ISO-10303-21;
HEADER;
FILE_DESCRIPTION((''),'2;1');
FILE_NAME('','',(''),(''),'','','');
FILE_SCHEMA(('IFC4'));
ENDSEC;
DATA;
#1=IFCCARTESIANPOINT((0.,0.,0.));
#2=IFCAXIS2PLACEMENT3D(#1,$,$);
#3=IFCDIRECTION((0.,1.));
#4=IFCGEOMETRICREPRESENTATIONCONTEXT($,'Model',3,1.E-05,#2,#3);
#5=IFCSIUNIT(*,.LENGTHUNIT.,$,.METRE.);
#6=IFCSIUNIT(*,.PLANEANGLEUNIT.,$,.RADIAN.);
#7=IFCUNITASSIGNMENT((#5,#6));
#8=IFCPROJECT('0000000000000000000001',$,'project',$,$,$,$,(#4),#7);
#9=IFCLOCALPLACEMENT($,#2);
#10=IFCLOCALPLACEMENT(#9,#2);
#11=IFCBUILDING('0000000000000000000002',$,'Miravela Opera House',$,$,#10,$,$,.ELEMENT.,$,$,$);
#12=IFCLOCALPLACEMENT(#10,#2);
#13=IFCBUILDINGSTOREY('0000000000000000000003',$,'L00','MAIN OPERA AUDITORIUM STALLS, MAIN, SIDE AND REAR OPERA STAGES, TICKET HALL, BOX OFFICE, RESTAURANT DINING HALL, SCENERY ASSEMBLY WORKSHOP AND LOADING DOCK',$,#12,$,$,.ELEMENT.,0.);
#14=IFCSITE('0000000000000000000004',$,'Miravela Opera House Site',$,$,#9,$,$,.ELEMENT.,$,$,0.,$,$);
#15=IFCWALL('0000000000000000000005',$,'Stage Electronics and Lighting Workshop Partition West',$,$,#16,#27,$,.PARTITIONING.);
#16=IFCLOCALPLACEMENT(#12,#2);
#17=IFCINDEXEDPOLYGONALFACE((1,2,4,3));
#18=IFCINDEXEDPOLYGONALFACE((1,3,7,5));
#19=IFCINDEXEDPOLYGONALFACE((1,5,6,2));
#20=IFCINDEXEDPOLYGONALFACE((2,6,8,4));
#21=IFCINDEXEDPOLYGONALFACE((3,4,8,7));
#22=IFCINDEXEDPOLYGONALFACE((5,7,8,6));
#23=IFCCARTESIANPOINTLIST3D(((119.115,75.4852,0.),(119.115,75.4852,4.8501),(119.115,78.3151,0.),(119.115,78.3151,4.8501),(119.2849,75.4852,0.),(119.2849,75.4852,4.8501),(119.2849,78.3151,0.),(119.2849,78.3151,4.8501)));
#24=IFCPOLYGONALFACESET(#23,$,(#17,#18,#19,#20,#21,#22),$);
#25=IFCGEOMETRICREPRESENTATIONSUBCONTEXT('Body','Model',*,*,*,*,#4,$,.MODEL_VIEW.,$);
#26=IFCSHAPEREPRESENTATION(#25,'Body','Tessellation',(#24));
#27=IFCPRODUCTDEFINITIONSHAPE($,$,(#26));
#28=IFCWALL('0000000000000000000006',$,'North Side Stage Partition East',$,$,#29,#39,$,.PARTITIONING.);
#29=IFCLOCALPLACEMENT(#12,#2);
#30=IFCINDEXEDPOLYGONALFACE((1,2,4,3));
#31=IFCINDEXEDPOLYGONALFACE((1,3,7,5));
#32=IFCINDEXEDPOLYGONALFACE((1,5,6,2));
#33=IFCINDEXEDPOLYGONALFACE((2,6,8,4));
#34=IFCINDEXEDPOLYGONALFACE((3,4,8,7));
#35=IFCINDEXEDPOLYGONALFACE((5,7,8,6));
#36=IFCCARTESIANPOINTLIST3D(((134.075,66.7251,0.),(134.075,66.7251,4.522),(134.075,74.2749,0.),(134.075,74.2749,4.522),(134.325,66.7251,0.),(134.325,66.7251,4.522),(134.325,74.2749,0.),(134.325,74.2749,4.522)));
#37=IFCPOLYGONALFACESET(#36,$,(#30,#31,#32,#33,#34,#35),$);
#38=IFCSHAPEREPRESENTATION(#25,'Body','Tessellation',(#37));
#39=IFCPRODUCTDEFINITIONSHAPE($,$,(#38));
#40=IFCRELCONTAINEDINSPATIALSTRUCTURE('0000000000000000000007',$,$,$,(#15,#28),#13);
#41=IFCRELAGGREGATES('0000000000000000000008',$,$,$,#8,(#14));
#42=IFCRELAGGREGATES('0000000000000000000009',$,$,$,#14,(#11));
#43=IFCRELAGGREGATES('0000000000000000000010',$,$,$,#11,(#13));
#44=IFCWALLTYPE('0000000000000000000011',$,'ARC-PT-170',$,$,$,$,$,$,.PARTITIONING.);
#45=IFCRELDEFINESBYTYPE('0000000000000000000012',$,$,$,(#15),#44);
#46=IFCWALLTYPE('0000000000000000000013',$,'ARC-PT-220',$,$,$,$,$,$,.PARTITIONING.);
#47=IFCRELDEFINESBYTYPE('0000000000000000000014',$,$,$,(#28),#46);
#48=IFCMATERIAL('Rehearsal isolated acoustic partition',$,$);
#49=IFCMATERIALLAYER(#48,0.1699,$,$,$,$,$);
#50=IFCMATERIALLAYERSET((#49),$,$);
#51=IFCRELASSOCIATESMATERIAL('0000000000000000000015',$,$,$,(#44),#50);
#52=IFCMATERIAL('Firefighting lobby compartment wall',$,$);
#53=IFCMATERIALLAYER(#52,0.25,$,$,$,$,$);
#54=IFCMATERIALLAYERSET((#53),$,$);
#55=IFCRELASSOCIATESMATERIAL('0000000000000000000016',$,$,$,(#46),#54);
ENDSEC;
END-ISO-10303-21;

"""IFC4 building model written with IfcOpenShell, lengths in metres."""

from ifc_helpers import new_model, si_unit, direction, frame, frame_2d, origin, place, context, subcontext, project, spatial, rectangle, extrude, material, layer, layer_set, type_object, element, save


model = new_model("IFC4")

# Units and contexts
model_context = context("Model", 3, precision=1e-05, world=origin(), true_north=direction((0.0, 1.0)))
body_context = subcontext(model_context, "Body", "Model", "MODEL_VIEW")
ifc_project = project(units=[si_unit("LENGTHUNIT", "METRE"), si_unit("PLANEANGLEUNIT", "RADIAN")], contexts=[model_context])

# Site, building, storey
site_placement = place(None, origin())
site = spatial("IfcSite", under=ifc_project, at=site_placement, Name="Miravela Opera House Site", CompositionType="ELEMENT", RefElevation=0.0)
building_placement = place(site_placement, origin())
building = spatial("IfcBuilding", under=site, at=building_placement, Name="Miravela Opera House", CompositionType="ELEMENT")
storey_placement = place(building_placement, origin())
storey = spatial("IfcBuildingStorey", under=building, at=storey_placement, Name="L00", Description="MAIN OPERA AUDITORIUM STALLS, MAIN, SIDE AND REAR OPERA STAGES, TICKET HALL, BOX OFFICE, RESTAURANT DINING HALL, SCENERY ASSEMBLY WORKSHOP AND LOADING DOCK", CompositionType="ELEMENT", Elevation=0.0)

# Shared definitions
ifc_material_1 = material(Name="Rehearsal isolated acoustic partition")
ifc_layer_1 = layer(ifc_material_1, 0.1699)
ifc_layer_set_1 = layer_set([ifc_layer_1])
wall_type_1 = type_object("IfcWallType", Name="ARC-PT-170", PredefinedType="PARTITIONING", material=ifc_layer_set_1)

# Walls
wall_1_placement = place(storey_placement, frame((119.2, 75.4851, 0.0), z_axis=(0.0, 0.0, 1.0), x_axis=(0.0, 1.0, 0.0)))
element("IfcWall", 1, at=wall_1_placement, inside=storey, type_object=wall_type_1, Name="Stage Electronics and Lighting Workshop Partition West", PredefinedType="PARTITIONING", context=body_context, shape_type="SweptSolid", body=[
    extrude(rectangle(XDim=2.8298, YDim=0.1699, at=frame_2d((1.415, 0.0))), origin(), (0.0, 0.0, 1.0), 4.8501),
])
ifc_material_2 = material(Name="Firefighting lobby compartment wall")
ifc_layer_2 = layer(ifc_material_2, 0.25)
ifc_layer_set_2 = layer_set([ifc_layer_2])
wall_type_2 = type_object("IfcWallType", Name="ARC-PT-220", PredefinedType="PARTITIONING", material=ifc_layer_set_2)
wall_2_placement = place(storey_placement, frame((134.2, 66.7251, 0.0), z_axis=(0.0, 0.0, 1.0), x_axis=(0.0, 1.0, 0.0)))
element("IfcWall", 2, at=wall_2_placement, inside=storey, type_object=wall_type_2, Name="North Side Stage Partition East", PredefinedType="PARTITIONING", context=body_context, shape_type="SweptSolid", body=[
    extrude(rectangle(XDim=7.5498, YDim=0.25, at=frame_2d((3.7749, 0.0))), origin(), (0.0, 0.0, 1.0), 4.522),
])

save(model, "model.ifc")
